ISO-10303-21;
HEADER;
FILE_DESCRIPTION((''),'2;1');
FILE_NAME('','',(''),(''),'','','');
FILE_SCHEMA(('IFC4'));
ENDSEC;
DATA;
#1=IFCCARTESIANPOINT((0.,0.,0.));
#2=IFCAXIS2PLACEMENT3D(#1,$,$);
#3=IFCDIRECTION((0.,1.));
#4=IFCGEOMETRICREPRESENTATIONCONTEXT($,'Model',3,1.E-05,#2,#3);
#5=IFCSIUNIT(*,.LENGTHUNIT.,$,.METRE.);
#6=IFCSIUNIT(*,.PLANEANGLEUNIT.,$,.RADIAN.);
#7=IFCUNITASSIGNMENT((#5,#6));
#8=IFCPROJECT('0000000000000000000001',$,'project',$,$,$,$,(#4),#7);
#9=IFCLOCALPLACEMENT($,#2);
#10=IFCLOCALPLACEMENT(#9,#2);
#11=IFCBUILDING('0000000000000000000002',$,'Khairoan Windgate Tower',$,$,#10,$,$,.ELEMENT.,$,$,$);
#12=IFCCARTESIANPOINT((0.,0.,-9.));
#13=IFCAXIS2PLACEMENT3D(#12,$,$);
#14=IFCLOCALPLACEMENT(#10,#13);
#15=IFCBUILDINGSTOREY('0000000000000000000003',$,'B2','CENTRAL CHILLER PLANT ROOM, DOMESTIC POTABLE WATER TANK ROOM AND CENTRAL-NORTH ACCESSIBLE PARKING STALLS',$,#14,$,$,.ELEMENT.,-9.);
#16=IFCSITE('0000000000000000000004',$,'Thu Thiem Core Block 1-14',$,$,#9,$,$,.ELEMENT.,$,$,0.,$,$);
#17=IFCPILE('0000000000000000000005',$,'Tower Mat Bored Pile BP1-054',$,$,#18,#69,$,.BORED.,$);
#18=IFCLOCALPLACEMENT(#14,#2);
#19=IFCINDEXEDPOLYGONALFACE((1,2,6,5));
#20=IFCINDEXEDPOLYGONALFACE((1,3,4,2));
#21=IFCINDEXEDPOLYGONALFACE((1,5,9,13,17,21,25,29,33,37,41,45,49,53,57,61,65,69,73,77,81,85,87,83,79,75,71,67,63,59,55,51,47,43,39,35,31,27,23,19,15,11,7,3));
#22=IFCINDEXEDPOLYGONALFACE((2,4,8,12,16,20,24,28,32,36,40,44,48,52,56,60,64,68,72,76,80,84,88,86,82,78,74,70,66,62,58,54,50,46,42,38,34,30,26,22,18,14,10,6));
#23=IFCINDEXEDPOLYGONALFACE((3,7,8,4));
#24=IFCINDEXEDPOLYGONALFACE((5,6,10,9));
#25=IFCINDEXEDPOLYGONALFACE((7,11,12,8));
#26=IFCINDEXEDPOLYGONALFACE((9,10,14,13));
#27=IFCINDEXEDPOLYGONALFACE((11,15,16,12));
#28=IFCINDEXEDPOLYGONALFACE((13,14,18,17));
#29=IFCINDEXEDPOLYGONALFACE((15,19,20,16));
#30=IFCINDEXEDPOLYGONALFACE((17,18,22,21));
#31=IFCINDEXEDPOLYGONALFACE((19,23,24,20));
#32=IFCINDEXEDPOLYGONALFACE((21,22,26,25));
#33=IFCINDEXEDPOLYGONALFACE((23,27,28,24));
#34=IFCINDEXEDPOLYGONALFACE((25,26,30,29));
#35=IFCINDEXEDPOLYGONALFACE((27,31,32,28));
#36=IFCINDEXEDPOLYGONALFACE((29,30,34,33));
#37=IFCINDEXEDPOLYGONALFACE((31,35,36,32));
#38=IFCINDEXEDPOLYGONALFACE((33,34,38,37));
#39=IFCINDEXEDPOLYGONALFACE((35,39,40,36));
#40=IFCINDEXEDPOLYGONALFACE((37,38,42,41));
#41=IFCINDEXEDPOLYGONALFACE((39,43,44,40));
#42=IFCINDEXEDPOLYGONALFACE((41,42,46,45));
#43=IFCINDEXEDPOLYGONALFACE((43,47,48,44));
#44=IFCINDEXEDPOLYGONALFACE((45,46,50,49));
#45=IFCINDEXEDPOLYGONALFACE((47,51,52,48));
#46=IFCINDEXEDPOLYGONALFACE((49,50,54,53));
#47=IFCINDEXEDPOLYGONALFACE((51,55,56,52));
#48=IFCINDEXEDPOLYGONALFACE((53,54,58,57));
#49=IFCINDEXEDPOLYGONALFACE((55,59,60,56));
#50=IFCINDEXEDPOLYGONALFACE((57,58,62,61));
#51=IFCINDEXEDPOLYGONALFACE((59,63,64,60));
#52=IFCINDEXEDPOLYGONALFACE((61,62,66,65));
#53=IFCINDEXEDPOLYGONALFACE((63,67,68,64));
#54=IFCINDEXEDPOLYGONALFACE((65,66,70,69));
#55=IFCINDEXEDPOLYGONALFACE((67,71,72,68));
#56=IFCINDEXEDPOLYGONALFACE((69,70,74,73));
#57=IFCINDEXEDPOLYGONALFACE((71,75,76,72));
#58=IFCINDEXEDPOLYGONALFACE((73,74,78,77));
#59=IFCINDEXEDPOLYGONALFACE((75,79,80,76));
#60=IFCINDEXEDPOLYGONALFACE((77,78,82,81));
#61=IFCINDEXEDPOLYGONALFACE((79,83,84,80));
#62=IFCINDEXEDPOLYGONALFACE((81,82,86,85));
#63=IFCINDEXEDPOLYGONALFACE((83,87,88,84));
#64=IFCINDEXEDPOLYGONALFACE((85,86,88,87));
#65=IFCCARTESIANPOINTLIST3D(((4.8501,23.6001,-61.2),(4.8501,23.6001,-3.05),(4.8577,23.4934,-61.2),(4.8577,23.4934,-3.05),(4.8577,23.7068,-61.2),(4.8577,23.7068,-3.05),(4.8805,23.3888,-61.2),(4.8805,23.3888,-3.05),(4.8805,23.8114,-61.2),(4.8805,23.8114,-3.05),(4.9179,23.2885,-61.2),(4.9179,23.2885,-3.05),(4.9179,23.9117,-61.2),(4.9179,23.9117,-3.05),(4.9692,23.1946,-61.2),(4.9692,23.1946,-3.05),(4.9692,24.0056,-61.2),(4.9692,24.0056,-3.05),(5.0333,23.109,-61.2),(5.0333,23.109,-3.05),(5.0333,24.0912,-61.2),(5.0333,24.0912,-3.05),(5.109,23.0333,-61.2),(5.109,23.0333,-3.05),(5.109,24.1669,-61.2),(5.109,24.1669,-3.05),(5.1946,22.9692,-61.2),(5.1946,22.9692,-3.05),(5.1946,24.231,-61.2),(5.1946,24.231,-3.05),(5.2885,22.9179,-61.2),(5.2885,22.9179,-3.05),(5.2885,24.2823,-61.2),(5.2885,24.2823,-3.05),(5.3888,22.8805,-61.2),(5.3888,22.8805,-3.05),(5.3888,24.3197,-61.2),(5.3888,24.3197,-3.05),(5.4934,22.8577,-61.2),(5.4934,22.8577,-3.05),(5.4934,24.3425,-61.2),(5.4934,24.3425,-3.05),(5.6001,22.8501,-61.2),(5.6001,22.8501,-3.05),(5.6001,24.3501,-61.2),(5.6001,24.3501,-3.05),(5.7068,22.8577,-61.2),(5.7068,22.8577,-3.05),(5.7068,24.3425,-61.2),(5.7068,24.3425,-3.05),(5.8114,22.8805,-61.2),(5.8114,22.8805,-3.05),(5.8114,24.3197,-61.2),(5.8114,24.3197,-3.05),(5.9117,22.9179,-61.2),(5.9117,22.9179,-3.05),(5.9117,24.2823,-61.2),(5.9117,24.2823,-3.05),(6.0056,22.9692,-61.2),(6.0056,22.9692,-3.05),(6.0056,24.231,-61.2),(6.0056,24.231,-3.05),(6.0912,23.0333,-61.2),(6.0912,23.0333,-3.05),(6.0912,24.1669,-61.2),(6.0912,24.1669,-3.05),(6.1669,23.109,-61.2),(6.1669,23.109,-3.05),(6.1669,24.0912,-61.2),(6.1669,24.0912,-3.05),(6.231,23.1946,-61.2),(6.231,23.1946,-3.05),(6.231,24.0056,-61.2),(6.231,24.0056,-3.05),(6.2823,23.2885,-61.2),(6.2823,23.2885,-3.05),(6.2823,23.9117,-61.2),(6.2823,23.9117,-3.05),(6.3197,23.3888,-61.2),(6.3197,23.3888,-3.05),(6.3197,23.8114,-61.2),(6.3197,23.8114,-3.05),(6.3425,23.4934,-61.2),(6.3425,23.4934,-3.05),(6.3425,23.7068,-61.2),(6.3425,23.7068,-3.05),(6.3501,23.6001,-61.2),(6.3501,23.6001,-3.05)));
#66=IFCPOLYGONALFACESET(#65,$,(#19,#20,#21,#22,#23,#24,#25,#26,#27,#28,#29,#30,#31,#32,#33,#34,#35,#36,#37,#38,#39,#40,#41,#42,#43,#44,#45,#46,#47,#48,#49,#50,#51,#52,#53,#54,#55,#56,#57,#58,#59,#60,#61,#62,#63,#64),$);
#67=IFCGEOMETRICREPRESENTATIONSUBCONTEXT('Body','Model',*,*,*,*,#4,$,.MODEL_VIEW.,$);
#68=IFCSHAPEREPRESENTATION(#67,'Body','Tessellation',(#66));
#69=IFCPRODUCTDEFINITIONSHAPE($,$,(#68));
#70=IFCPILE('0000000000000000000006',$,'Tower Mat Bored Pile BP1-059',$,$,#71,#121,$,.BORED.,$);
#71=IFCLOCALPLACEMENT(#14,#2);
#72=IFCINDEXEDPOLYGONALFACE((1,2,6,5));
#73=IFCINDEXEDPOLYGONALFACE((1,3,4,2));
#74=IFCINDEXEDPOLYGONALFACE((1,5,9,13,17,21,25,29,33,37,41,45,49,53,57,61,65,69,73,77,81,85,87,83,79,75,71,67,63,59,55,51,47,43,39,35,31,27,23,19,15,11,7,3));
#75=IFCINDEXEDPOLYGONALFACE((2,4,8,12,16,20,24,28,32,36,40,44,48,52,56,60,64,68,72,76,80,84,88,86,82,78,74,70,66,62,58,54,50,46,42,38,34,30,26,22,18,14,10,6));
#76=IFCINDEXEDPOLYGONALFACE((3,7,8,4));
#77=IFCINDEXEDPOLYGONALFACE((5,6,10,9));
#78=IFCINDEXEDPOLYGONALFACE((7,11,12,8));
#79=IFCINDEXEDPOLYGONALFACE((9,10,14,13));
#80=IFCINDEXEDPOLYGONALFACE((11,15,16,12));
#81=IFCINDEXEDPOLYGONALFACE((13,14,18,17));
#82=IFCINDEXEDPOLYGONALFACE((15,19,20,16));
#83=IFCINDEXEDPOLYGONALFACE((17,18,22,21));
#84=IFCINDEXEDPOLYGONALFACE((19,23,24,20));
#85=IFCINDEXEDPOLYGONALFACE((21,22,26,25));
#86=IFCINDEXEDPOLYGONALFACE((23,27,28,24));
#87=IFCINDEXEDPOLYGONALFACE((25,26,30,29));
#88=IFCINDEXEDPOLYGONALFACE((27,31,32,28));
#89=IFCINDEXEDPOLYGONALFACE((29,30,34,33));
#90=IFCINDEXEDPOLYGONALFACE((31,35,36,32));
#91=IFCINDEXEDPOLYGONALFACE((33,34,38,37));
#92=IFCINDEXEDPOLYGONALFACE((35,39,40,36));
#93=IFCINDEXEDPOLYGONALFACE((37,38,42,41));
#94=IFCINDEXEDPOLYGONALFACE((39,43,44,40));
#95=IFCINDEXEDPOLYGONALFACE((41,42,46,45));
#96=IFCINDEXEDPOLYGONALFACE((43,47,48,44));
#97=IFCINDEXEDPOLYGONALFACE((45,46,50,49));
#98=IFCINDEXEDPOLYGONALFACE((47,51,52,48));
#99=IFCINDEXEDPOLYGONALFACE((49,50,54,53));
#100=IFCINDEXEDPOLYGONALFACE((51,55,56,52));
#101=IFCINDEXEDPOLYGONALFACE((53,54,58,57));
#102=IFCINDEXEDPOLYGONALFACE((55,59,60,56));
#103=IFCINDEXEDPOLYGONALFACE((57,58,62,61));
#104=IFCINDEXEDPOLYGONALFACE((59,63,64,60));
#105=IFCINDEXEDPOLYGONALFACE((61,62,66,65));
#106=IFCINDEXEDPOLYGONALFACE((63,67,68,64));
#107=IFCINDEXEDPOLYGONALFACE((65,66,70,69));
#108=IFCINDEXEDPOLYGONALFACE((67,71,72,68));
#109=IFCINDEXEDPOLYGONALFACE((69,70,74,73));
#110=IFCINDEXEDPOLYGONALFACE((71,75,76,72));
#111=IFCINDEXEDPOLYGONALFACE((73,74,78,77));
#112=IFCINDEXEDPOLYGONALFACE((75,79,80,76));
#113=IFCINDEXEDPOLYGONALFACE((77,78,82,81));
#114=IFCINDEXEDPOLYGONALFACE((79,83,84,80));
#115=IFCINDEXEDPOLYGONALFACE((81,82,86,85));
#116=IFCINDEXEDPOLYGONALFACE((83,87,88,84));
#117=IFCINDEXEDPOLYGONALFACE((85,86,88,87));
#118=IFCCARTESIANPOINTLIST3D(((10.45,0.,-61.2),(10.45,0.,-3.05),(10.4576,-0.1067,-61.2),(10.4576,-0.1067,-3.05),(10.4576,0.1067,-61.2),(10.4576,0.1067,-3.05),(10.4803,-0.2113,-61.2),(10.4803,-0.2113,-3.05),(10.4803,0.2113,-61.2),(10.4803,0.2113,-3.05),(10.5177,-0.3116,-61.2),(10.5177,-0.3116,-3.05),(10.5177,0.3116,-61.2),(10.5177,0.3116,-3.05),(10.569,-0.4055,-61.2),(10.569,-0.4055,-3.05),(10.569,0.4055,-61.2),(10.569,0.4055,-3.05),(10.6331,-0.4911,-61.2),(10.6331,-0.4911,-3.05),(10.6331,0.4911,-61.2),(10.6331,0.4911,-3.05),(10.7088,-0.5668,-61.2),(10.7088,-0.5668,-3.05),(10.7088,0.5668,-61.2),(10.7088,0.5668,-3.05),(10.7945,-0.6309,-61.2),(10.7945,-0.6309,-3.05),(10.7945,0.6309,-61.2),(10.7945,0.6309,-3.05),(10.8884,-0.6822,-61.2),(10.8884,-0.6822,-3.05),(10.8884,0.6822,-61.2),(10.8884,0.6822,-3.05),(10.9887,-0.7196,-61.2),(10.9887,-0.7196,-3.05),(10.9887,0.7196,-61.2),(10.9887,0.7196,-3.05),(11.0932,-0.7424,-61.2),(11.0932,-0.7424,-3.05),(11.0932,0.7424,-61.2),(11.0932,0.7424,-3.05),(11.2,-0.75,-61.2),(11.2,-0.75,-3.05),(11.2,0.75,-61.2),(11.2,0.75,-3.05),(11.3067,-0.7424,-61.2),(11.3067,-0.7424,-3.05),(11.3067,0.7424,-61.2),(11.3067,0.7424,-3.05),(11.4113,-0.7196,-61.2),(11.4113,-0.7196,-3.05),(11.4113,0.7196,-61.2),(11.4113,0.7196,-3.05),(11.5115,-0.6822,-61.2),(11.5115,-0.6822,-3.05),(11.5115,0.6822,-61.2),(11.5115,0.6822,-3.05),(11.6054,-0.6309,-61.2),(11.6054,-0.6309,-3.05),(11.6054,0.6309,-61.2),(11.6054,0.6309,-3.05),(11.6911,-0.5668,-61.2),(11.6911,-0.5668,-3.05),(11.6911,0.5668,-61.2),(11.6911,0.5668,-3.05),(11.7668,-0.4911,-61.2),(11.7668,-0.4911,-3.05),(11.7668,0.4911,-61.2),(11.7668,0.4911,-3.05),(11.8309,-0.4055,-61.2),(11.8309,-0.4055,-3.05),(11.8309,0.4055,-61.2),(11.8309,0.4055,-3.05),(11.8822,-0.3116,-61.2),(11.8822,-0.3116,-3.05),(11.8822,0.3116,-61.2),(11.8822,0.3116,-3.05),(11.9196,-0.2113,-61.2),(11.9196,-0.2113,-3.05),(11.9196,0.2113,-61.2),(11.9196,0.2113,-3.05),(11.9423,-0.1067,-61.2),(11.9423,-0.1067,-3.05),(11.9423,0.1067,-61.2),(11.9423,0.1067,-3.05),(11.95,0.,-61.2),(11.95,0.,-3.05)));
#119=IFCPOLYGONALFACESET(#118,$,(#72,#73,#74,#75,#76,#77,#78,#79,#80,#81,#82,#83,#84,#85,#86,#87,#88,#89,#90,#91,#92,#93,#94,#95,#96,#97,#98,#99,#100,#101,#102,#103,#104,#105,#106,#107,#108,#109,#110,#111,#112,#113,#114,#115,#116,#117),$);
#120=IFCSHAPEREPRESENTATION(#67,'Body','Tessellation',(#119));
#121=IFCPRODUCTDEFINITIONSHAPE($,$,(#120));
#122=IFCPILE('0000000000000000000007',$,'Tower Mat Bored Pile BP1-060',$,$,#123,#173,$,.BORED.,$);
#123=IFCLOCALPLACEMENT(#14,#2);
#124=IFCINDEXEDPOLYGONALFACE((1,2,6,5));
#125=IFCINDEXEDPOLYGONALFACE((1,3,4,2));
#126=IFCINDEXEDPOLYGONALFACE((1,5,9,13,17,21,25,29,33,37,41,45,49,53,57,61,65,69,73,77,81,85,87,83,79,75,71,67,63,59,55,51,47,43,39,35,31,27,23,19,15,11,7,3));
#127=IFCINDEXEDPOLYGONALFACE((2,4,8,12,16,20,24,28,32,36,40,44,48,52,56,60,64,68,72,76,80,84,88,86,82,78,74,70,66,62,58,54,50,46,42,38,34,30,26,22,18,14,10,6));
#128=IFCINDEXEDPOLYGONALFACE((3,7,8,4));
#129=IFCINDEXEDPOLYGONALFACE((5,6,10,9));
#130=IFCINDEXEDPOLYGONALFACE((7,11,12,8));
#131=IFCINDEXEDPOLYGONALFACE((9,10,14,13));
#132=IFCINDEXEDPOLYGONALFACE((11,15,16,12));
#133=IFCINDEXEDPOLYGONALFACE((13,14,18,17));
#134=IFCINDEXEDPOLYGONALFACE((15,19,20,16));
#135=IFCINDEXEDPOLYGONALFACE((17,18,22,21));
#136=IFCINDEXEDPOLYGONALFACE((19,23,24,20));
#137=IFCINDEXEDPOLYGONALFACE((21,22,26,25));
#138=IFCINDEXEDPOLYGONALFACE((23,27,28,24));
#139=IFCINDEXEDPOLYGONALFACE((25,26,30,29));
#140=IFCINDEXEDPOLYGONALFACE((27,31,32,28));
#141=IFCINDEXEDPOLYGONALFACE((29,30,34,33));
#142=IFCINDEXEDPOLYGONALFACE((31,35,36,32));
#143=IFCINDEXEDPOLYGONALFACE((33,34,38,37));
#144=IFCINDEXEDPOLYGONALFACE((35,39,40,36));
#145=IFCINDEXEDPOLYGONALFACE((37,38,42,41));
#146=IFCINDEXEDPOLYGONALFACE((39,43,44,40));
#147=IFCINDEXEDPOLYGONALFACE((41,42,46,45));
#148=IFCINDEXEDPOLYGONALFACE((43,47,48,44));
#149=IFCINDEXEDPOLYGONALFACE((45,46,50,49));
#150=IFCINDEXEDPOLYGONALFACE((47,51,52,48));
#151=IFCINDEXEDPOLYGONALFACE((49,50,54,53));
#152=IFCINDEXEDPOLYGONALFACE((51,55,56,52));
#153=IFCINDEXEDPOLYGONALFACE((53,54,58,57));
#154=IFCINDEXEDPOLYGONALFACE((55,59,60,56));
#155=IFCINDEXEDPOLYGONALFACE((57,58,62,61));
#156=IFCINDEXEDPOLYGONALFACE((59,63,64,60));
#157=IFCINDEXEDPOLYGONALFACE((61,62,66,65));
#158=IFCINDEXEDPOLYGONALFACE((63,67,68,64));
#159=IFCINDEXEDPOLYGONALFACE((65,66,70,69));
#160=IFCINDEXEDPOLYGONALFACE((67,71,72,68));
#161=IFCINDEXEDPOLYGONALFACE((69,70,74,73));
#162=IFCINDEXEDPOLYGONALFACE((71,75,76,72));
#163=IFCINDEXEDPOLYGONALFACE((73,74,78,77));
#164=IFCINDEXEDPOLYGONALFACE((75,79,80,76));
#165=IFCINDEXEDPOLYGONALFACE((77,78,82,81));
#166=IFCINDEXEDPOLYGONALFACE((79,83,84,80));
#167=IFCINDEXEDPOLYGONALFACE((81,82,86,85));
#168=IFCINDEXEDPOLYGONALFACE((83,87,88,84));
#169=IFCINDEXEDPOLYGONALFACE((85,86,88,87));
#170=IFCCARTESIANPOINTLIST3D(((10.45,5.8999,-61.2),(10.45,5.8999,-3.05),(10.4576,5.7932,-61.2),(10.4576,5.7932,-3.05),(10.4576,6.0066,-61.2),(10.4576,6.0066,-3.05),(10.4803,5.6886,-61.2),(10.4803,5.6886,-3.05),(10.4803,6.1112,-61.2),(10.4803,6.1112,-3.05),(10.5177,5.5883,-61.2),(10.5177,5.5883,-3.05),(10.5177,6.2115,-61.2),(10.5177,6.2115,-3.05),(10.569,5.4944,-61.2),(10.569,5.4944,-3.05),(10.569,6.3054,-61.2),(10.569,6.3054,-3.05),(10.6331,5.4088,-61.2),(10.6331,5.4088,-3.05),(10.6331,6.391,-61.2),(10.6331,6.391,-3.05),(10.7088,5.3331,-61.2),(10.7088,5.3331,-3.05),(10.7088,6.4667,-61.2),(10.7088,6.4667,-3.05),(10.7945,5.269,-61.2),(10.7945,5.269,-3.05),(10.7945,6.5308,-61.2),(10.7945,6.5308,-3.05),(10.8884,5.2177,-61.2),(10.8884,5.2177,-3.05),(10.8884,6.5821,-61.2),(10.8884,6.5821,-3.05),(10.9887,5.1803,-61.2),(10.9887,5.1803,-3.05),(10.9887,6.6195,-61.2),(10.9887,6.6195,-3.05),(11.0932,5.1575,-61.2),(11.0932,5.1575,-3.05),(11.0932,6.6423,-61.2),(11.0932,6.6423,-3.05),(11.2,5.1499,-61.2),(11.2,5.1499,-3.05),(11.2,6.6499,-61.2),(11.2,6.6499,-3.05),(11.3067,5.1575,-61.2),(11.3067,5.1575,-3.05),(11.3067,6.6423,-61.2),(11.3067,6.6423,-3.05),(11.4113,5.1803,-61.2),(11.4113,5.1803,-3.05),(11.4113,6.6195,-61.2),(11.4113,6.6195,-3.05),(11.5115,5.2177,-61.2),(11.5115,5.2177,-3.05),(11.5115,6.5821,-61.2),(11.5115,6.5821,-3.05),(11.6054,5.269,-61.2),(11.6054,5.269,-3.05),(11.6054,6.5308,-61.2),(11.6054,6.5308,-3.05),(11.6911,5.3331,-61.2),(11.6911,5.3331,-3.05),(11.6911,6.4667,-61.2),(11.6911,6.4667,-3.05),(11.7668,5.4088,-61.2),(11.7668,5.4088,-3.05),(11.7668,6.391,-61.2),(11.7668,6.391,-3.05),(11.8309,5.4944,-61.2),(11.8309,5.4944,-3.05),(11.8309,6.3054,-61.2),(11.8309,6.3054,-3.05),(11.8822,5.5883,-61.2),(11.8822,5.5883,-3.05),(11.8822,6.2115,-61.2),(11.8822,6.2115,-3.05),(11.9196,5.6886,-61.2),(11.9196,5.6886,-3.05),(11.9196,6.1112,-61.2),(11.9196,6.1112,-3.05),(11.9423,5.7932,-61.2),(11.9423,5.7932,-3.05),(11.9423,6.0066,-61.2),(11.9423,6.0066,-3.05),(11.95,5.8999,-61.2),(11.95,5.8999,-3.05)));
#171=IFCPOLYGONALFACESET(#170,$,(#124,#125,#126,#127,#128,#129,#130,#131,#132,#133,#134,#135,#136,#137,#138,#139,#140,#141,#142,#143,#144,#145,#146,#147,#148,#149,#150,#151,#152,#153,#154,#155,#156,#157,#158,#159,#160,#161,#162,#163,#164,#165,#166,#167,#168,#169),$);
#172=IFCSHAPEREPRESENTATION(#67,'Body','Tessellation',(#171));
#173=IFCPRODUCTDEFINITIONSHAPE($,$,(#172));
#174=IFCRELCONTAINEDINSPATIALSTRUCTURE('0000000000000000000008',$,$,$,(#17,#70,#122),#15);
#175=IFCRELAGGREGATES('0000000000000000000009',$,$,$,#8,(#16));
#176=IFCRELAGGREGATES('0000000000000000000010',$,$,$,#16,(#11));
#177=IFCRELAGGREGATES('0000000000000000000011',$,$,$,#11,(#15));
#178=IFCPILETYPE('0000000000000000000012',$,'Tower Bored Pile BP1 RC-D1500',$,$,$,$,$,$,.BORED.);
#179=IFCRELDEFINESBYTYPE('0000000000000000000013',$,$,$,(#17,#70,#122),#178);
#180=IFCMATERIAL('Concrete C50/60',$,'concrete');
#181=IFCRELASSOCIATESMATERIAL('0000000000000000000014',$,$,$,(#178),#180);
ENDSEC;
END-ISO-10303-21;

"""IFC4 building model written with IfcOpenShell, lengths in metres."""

from ifc_helpers import new_model, si_unit, direction, frame, origin, origin_2d, place, context, subcontext, project, spatial, circle, extrude, material, material_profile, profile_set, type_object, element, save


model = new_model("IFC4")

# Units and contexts
model_context = context("Model", 3, precision=1e-05, world=origin(), true_north=direction((0.0, 1.0)))
body_context = subcontext(model_context, "Body", "Model", "MODEL_VIEW")
ifc_project = project(units=[si_unit("LENGTHUNIT", "METRE"), si_unit("PLANEANGLEUNIT", "RADIAN")], contexts=[model_context])

# Site, building, storey
site_placement = place(None, origin())
site = spatial("IfcSite", under=ifc_project, at=site_placement, Name="Thu Thiem Core Block 1-14", CompositionType="ELEMENT", RefElevation=0.0)
building_placement = place(site_placement, origin())
building = spatial("IfcBuilding", under=site, at=building_placement, Name="Khairoan Windgate Tower", CompositionType="ELEMENT")
storey_placement = place(building_placement, frame((0.0, 0.0, -9.0)))
storey = spatial("IfcBuildingStorey", under=building, at=storey_placement, Name="B2", Description="CENTRAL CHILLER PLANT ROOM, DOMESTIC POTABLE WATER TANK ROOM AND CENTRAL-NORTH ACCESSIBLE PARKING STALLS", CompositionType="ELEMENT", Elevation=-9.0)

# Piles
ifc_material_1 = material(Name="Concrete C50/60", Category="concrete")
ifc_material_profile_1 = material_profile(ifc_material_1, circle(Radius=0.75, at=origin_2d()))
ifc_profile_set_1 = profile_set([ifc_material_profile_1], Name="Concrete C50/60")
pile_type = type_object("IfcPileType", Name="Tower Bored Pile BP1 RC-D1500", PredefinedType="BORED", material=ifc_profile_set_1)
for number, where, z_axis, x_axis, name in (
    (1, (5.6001, 23.6001, -3.05), (0.0, 0.0, -1.0), (1.0, 0.0, 0.0), "Tower Mat Bored Pile BP1-054"),
    (2, (11.2, 0.0, -3.05), (0.0, 0.0, -1.0), (1.0, 0.0, 0.0), "Tower Mat Bored Pile BP1-059"),
    (3, (11.2, 5.8999, -3.05), (0.0, 0.0, -1.0), (1.0, 0.0, 0.0), "Tower Mat Bored Pile BP1-060"),
):
    element("IfcPile", number, at=place(storey_placement, frame(where, z_axis=z_axis, x_axis=x_axis)), inside=storey, type_object=pile_type, Name=name, PredefinedType="BORED", context=body_context, shape_type="SweptSolid", body=[
        extrude(circle(Radius=0.75, at=origin_2d()), origin(), (0.0, 0.0, 1.0), 58.1499),
    ])

save(model, "model.ifc")
